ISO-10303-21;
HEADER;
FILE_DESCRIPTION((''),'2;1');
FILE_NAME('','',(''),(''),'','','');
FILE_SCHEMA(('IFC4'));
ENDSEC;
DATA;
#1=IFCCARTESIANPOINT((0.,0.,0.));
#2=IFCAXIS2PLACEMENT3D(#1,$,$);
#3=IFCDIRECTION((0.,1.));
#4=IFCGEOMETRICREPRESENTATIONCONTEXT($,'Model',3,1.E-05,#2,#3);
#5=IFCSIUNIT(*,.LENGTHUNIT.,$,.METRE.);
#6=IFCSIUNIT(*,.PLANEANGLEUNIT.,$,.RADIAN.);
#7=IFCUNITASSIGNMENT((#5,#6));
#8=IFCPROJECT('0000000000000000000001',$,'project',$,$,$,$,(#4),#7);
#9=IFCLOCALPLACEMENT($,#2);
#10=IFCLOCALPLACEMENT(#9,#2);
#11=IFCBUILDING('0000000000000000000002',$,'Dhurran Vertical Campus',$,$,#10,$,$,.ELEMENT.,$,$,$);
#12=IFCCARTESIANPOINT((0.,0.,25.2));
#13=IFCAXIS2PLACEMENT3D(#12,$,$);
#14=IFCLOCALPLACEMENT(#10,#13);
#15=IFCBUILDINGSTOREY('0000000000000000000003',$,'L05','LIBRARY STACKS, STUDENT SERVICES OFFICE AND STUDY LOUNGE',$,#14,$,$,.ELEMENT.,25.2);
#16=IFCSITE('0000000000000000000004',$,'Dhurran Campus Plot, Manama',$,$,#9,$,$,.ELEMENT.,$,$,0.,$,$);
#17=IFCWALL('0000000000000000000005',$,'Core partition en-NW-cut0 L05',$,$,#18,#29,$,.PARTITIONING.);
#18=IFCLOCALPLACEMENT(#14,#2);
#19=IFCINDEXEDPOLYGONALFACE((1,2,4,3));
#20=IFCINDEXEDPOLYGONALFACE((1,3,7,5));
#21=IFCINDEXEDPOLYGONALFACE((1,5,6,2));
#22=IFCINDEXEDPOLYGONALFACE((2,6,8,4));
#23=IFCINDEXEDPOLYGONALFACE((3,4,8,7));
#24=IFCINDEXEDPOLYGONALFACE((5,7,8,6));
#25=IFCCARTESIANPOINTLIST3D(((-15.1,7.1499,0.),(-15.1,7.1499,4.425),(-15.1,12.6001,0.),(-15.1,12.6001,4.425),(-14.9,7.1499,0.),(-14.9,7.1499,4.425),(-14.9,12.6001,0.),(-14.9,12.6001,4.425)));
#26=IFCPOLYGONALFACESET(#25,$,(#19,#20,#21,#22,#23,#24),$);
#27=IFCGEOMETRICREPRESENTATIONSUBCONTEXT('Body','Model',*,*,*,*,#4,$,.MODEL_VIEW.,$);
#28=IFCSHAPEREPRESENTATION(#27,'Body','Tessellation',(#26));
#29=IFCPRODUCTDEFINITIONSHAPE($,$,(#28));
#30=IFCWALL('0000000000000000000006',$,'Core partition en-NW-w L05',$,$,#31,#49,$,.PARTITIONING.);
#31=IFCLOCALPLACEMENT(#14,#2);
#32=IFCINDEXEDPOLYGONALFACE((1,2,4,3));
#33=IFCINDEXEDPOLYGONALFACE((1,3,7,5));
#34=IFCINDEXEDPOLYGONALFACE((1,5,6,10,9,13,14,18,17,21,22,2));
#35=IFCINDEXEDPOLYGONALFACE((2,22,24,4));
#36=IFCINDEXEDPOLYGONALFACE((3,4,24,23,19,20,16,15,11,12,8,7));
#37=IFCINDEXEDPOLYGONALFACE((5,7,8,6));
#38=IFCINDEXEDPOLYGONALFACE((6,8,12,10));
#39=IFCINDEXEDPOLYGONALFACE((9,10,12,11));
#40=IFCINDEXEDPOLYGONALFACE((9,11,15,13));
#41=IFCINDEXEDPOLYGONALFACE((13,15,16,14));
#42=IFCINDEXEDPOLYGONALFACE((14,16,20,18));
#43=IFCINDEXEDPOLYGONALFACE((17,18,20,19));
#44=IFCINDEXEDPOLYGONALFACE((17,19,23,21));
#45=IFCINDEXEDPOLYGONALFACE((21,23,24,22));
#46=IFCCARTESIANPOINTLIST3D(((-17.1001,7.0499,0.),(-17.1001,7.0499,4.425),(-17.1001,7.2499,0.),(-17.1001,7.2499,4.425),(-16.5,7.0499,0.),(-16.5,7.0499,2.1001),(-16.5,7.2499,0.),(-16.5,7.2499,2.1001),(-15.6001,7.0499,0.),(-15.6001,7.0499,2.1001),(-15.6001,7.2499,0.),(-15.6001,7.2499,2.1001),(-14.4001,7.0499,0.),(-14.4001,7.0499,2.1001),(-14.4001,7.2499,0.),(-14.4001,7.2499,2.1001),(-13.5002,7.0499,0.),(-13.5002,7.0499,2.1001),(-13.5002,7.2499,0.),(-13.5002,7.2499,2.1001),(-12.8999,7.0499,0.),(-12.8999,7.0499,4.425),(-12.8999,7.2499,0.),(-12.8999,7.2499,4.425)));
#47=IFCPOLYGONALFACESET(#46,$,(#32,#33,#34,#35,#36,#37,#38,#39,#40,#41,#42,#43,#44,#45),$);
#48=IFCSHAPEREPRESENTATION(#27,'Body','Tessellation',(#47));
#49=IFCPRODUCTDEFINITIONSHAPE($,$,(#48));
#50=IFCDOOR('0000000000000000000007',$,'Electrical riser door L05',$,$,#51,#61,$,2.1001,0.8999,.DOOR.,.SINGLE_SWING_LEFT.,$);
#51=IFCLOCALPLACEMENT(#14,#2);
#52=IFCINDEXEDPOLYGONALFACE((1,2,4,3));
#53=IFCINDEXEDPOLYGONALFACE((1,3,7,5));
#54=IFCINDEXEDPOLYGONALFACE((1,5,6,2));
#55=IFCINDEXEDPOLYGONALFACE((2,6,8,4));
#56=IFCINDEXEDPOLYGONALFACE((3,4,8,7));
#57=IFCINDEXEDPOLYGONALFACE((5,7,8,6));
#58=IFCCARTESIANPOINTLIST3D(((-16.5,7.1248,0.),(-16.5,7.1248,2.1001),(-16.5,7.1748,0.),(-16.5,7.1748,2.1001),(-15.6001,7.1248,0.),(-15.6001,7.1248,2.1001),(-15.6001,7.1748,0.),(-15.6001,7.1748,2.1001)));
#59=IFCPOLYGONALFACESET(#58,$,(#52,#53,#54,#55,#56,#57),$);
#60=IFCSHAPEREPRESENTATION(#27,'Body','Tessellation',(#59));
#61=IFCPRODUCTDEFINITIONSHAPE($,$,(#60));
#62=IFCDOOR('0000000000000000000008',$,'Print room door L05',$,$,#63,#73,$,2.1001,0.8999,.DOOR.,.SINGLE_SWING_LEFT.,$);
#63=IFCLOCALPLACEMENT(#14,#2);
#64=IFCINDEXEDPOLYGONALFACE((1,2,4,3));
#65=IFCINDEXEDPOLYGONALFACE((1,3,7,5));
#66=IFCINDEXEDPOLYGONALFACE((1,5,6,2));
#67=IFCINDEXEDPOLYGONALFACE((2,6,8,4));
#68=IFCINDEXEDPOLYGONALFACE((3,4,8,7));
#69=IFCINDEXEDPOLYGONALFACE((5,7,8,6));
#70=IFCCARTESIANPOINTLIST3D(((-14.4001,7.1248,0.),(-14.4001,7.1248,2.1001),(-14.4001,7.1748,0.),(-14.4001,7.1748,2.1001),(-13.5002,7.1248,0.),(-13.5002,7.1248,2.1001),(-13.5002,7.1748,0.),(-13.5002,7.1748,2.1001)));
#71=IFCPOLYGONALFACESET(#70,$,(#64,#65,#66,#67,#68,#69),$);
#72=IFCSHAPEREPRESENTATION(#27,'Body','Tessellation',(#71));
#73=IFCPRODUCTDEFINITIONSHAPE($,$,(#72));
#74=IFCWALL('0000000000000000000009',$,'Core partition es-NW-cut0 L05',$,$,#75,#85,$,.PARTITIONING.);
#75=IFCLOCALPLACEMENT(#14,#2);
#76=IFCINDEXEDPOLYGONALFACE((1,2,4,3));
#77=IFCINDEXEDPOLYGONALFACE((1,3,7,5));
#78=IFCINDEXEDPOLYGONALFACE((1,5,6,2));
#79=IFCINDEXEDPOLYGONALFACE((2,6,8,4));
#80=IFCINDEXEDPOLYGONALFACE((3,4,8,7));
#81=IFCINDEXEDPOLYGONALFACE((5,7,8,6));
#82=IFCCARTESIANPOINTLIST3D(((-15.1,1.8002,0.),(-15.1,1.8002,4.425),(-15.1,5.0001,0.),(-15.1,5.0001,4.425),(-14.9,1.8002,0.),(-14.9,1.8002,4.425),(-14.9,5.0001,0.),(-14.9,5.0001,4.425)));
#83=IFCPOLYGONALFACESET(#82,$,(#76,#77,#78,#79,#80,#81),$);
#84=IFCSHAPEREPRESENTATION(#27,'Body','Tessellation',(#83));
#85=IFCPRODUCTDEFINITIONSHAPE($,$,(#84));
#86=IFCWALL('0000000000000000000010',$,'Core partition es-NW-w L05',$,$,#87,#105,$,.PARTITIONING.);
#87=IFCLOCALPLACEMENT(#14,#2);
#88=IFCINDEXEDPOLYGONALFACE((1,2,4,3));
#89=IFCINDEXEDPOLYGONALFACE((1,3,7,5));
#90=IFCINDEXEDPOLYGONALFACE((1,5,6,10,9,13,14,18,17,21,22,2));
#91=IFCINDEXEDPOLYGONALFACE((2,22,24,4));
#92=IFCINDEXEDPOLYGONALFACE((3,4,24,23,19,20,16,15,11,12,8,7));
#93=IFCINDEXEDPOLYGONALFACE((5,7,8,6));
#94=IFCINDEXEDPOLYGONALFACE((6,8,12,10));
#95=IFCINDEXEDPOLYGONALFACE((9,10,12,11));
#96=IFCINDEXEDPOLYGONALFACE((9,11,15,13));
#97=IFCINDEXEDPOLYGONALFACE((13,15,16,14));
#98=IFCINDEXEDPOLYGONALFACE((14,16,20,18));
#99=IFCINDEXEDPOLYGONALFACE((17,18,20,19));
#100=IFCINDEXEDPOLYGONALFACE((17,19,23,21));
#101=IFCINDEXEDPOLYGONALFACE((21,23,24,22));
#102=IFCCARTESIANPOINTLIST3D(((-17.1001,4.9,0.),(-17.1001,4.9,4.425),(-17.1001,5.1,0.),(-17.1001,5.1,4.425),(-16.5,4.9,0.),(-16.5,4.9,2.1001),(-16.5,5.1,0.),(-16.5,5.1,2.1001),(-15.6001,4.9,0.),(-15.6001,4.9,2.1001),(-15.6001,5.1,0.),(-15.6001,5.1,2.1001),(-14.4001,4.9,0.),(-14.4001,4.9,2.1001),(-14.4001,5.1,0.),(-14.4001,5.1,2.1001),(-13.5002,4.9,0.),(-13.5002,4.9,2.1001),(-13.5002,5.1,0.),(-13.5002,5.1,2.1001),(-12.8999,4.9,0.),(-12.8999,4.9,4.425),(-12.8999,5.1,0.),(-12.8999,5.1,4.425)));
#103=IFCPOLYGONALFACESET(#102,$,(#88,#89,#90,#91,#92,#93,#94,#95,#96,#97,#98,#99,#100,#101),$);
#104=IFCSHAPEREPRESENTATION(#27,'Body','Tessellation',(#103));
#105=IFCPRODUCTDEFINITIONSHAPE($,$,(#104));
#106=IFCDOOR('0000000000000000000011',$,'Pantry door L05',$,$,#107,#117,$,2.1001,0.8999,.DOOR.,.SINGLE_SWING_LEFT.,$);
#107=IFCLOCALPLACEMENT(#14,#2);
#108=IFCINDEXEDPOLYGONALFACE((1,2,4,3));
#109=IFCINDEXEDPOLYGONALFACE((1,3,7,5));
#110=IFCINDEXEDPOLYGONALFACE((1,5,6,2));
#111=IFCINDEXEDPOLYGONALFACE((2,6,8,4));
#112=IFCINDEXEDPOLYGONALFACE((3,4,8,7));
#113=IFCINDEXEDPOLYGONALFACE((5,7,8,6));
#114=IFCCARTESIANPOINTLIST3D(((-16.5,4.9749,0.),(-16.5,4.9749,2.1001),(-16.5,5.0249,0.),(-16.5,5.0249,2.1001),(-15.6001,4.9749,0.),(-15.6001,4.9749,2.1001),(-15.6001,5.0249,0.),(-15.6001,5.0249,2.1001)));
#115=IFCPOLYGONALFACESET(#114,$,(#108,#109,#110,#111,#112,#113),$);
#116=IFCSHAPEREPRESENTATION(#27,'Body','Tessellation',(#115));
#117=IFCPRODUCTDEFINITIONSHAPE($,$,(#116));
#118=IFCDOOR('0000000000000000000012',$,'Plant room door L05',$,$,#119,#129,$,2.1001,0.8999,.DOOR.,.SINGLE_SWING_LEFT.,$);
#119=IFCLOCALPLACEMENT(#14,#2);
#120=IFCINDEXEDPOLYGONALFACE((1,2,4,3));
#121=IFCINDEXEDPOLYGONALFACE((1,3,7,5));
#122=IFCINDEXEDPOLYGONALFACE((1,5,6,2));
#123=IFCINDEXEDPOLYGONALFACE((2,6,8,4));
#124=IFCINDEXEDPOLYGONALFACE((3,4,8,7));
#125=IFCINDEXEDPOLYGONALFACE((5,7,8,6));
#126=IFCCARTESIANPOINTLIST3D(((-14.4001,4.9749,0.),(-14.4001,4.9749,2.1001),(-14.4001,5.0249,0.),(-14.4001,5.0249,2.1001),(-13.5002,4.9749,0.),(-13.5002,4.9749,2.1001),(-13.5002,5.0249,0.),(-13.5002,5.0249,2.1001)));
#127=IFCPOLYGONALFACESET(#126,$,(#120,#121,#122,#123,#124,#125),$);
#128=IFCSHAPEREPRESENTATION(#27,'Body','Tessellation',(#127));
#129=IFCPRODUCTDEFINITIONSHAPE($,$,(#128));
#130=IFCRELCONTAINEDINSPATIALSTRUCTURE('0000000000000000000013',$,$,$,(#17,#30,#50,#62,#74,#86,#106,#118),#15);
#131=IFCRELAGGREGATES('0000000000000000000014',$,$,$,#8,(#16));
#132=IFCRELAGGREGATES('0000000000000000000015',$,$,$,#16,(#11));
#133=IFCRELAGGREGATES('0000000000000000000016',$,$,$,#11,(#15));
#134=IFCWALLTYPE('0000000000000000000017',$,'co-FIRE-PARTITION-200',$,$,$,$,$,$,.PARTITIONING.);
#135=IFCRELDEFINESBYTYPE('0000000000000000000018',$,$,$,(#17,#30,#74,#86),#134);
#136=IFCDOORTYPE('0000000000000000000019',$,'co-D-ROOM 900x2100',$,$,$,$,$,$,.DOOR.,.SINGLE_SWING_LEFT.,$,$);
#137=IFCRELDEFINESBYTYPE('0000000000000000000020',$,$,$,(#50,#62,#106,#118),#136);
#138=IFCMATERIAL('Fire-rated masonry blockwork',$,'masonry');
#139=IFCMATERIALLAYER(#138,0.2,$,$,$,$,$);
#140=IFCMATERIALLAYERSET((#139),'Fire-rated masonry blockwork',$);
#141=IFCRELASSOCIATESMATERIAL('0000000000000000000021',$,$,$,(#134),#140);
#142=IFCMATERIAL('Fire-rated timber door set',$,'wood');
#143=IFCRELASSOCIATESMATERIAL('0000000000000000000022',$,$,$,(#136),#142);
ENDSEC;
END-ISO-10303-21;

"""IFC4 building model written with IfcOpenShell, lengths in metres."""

from ifc_helpers import new_model, si_unit, direction, frame, frame_2d, origin, place, context, subcontext, project, spatial, rectangle, extrude, material, layer, layer_set, type_object, element, fill, save


model = new_model("IFC4")

# Units and contexts
model_context = context("Model", 3, precision=1e-05, world=origin(), true_north=direction((0.0, 1.0)))
body_context = subcontext(model_context, "Body", "Model", "MODEL_VIEW")
ifc_project = project(units=[si_unit("LENGTHUNIT", "METRE"), si_unit("PLANEANGLEUNIT", "RADIAN")], contexts=[model_context])

# Site, building, storey
site_placement = place(None, origin())
site = spatial("IfcSite", under=ifc_project, at=site_placement, Name="Dhurran Campus Plot, Manama", CompositionType="ELEMENT", RefElevation=0.0)
building_placement = place(site_placement, origin())
building = spatial("IfcBuilding", under=site, at=building_placement, Name="Dhurran Vertical Campus", CompositionType="ELEMENT")
storey_placement = place(building_placement, frame((0.0, 0.0, 25.2)))
storey = spatial("IfcBuildingStorey", under=building, at=storey_placement, Name="L05", Description="LIBRARY STACKS, STUDENT SERVICES OFFICE AND STUDY LOUNGE", CompositionType="ELEMENT", Elevation=25.2)

# Wall
ifc_material_1 = material(Name="Fire-rated masonry blockwork", Category="masonry")
ifc_layer_1 = layer(ifc_material_1, 0.2)
ifc_layer_set_1 = layer_set([ifc_layer_1], Name="Fire-rated masonry blockwork")
wall_type_1 = type_object("IfcWallType", Name="co-FIRE-PARTITION-200", PredefinedType="PARTITIONING", material=ifc_layer_set_1)
wall_1_placement = place(storey_placement, frame((-15.0, 7.1499, 0.0), z_axis=(0.0, 0.0, 1.0), x_axis=(0.0, 1.0, 0.0)))
element("IfcWall", 1, at=wall_1_placement, inside=storey, type_object=wall_type_1, Name="Core partition en-NW-cut0 L05", PredefinedType="PARTITIONING", context=body_context, shape_type="SweptSolid", body=[
    extrude(rectangle(XDim=5.4502, YDim=0.2, at=frame_2d((2.7251, 0.0))), origin(), (0.0, 0.0, 1.0), 4.425),
])

# Wall, openings, doors
wall_2_placement = place(storey_placement, frame((-17.1001, 7.1499, 0.0), z_axis=(0.0, 0.0, 1.0), x_axis=(1.0, 0.0, 0.0)))
wall_2 = element("IfcWall", 2, at=wall_2_placement, inside=storey, type_object=wall_type_1, Name="Core partition en-NW-w L05", PredefinedType="PARTITIONING", context=body_context, shape_type="SweptSolid", body=[
    extrude(rectangle(XDim=4.2002, YDim=0.2, at=frame_2d((2.1001, 0.0))), origin(), (0.0, 0.0, 1.0), 4.425),
])
opening_1_placement = place(wall_2_placement, frame((0.6001, 0.0, 0.0)))
opening_1 = element("IfcOpeningElement", 3, at=opening_1_placement, cuts=wall_2, PredefinedType="OPENING", context=body_context, shape_type="SweptSolid", body=[
    extrude(rectangle(XDim=0.8999, YDim=2.1001, at=frame_2d((0.45, 1.05))), frame((0.0, 0.1099, 0.0), z_axis=(0.0, -1.0, 0.0), x_axis=(1.0, 0.0, 0.0)), (0.0, 0.0, 1.0), 0.22),
])
opening_2_placement = place(wall_2_placement, frame((2.7, 0.0, 0.0)))
opening_2 = element("IfcOpeningElement", 4, at=opening_2_placement, cuts=wall_2, PredefinedType="OPENING", context=body_context, shape_type="SweptSolid", body=[
    extrude(rectangle(XDim=0.8999, YDim=2.1001, at=frame_2d((0.45, 1.05))), frame((0.0, 0.1099, 0.0), z_axis=(0.0, -1.0, 0.0), x_axis=(1.0, 0.0, 0.0)), (0.0, 0.0, 1.0), 0.22),
])
ifc_material_2 = material(Name="Fire-rated timber door set", Category="wood")
door_type_1 = type_object("IfcDoorType", Name="co-D-ROOM 900x2100", OperationType="SINGLE_SWING_LEFT", PredefinedType="DOOR", material=ifc_material_2)
door_1_placement = place(opening_1_placement, origin())
door_1 = element("IfcDoor", 5, at=door_1_placement, inside=storey, type_object=door_type_1, Name="Electrical riser door L05", OperationType="SINGLE_SWING_LEFT", OverallHeight=2.1001, OverallWidth=0.8999, PredefinedType="DOOR", context=body_context, shape_type="SweptSolid", body=[
    extrude(rectangle(XDim=0.8999, YDim=2.1001, at=frame_2d((0.45, 1.05))), frame((0.0, 0.0249, 0.0), z_axis=(0.0, -1.0, 0.0), x_axis=(1.0, 0.0, 0.0)), (0.0, 0.0, 1.0), 0.05),
])
fill(opening_1, door_1)
door_2_placement = place(opening_2_placement, origin())
door_2 = element("IfcDoor", 6, at=door_2_placement, inside=storey, type_object=door_type_1, Name="Print room door L05", OperationType="SINGLE_SWING_LEFT", OverallHeight=2.1001, OverallWidth=0.8999, PredefinedType="DOOR", context=body_context, shape_type="SweptSolid", body=[
    extrude(rectangle(XDim=0.8999, YDim=2.1001, at=frame_2d((0.45, 1.05))), frame((0.0, 0.0249, 0.0), z_axis=(0.0, -1.0, 0.0), x_axis=(1.0, 0.0, 0.0)), (0.0, 0.0, 1.0), 0.05),
])
fill(opening_2, door_2)

# Wall
wall_3_placement = place(storey_placement, frame((-15.0, 1.8, 0.0), z_axis=(0.0, 0.0, 1.0), x_axis=(0.0, 1.0, 0.0)))
element("IfcWall", 7, at=wall_3_placement, inside=storey, type_object=wall_type_1, Name="Core partition es-NW-cut0 L05", PredefinedType="PARTITIONING", context=body_context, shape_type="SweptSolid", body=[
    extrude(rectangle(XDim=3.2, YDim=0.2, at=frame_2d((1.6001, 0.0))), origin(), (0.0, 0.0, 1.0), 4.425),
])

# Wall, openings, doors
wall_4_placement = place(storey_placement, frame((-17.1001, 5.0, 0.0), z_axis=(0.0, 0.0, 1.0), x_axis=(1.0, 0.0, 0.0)))
wall_4 = element("IfcWall", 8, at=wall_4_placement, inside=storey, type_object=wall_type_1, Name="Core partition es-NW-w L05", PredefinedType="PARTITIONING", context=body_context, shape_type="SweptSolid", body=[
    extrude(rectangle(XDim=4.2002, YDim=0.2, at=frame_2d((2.1001, 0.0))), origin(), (0.0, 0.0, 1.0), 4.425),
])
opening_3_placement = place(wall_4_placement, frame((0.6001, 0.0, 0.0)))
opening_3 = element("IfcOpeningElement", 9, at=opening_3_placement, cuts=wall_4, PredefinedType="OPENING", context=body_context, shape_type="SweptSolid", body=[
    extrude(rectangle(XDim=0.8999, YDim=2.1001, at=frame_2d((0.45, 1.05))), frame((0.0, 0.1099, 0.0), z_axis=(0.0, -1.0, 0.0), x_axis=(1.0, 0.0, 0.0)), (0.0, 0.0, 1.0), 0.22),
])
opening_4_placement = place(wall_4_placement, frame((2.7, 0.0, 0.0)))
opening_4 = element("IfcOpeningElement", 10, at=opening_4_placement, cuts=wall_4, PredefinedType="OPENING", context=body_context, shape_type="SweptSolid", body=[
    extrude(rectangle(XDim=0.8999, YDim=2.1001, at=frame_2d((0.45, 1.05))), frame((0.0, 0.1099, 0.0), z_axis=(0.0, -1.0, 0.0), x_axis=(1.0, 0.0, 0.0)), (0.0, 0.0, 1.0), 0.22),
])
door_3_placement = place(opening_3_placement, origin())
door_3 = element("IfcDoor", 11, at=door_3_placement, inside=storey, type_object=door_type_1, Name="Pantry door L05", OperationType="SINGLE_SWING_LEFT", OverallHeight=2.1001, OverallWidth=0.8999, PredefinedType="DOOR", context=body_context, shape_type="SweptSolid", body=[
    extrude(rectangle(XDim=0.8999, YDim=2.1001, at=frame_2d((0.45, 1.05))), frame((0.0, 0.0249, 0.0), z_axis=(0.0, -1.0, 0.0), x_axis=(1.0, 0.0, 0.0)), (0.0, 0.0, 1.0), 0.05),
])
fill(opening_3, door_3)
door_4_placement = place(opening_4_placement, origin())
door_4 = element("IfcDoor", 12, at=door_4_placement, inside=storey, type_object=door_type_1, Name="Plant room door L05", OperationType="SINGLE_SWING_LEFT", OverallHeight=2.1001, OverallWidth=0.8999, PredefinedType="DOOR", context=body_context, shape_type="SweptSolid", body=[
    extrude(rectangle(XDim=0.8999, YDim=2.1001, at=frame_2d((0.45, 1.05))), frame((0.0, 0.0249, 0.0), z_axis=(0.0, -1.0, 0.0), x_axis=(1.0, 0.0, 0.0)), (0.0, 0.0, 1.0), 0.05),
])
fill(opening_4, door_4)

save(model, "model.ifc")
